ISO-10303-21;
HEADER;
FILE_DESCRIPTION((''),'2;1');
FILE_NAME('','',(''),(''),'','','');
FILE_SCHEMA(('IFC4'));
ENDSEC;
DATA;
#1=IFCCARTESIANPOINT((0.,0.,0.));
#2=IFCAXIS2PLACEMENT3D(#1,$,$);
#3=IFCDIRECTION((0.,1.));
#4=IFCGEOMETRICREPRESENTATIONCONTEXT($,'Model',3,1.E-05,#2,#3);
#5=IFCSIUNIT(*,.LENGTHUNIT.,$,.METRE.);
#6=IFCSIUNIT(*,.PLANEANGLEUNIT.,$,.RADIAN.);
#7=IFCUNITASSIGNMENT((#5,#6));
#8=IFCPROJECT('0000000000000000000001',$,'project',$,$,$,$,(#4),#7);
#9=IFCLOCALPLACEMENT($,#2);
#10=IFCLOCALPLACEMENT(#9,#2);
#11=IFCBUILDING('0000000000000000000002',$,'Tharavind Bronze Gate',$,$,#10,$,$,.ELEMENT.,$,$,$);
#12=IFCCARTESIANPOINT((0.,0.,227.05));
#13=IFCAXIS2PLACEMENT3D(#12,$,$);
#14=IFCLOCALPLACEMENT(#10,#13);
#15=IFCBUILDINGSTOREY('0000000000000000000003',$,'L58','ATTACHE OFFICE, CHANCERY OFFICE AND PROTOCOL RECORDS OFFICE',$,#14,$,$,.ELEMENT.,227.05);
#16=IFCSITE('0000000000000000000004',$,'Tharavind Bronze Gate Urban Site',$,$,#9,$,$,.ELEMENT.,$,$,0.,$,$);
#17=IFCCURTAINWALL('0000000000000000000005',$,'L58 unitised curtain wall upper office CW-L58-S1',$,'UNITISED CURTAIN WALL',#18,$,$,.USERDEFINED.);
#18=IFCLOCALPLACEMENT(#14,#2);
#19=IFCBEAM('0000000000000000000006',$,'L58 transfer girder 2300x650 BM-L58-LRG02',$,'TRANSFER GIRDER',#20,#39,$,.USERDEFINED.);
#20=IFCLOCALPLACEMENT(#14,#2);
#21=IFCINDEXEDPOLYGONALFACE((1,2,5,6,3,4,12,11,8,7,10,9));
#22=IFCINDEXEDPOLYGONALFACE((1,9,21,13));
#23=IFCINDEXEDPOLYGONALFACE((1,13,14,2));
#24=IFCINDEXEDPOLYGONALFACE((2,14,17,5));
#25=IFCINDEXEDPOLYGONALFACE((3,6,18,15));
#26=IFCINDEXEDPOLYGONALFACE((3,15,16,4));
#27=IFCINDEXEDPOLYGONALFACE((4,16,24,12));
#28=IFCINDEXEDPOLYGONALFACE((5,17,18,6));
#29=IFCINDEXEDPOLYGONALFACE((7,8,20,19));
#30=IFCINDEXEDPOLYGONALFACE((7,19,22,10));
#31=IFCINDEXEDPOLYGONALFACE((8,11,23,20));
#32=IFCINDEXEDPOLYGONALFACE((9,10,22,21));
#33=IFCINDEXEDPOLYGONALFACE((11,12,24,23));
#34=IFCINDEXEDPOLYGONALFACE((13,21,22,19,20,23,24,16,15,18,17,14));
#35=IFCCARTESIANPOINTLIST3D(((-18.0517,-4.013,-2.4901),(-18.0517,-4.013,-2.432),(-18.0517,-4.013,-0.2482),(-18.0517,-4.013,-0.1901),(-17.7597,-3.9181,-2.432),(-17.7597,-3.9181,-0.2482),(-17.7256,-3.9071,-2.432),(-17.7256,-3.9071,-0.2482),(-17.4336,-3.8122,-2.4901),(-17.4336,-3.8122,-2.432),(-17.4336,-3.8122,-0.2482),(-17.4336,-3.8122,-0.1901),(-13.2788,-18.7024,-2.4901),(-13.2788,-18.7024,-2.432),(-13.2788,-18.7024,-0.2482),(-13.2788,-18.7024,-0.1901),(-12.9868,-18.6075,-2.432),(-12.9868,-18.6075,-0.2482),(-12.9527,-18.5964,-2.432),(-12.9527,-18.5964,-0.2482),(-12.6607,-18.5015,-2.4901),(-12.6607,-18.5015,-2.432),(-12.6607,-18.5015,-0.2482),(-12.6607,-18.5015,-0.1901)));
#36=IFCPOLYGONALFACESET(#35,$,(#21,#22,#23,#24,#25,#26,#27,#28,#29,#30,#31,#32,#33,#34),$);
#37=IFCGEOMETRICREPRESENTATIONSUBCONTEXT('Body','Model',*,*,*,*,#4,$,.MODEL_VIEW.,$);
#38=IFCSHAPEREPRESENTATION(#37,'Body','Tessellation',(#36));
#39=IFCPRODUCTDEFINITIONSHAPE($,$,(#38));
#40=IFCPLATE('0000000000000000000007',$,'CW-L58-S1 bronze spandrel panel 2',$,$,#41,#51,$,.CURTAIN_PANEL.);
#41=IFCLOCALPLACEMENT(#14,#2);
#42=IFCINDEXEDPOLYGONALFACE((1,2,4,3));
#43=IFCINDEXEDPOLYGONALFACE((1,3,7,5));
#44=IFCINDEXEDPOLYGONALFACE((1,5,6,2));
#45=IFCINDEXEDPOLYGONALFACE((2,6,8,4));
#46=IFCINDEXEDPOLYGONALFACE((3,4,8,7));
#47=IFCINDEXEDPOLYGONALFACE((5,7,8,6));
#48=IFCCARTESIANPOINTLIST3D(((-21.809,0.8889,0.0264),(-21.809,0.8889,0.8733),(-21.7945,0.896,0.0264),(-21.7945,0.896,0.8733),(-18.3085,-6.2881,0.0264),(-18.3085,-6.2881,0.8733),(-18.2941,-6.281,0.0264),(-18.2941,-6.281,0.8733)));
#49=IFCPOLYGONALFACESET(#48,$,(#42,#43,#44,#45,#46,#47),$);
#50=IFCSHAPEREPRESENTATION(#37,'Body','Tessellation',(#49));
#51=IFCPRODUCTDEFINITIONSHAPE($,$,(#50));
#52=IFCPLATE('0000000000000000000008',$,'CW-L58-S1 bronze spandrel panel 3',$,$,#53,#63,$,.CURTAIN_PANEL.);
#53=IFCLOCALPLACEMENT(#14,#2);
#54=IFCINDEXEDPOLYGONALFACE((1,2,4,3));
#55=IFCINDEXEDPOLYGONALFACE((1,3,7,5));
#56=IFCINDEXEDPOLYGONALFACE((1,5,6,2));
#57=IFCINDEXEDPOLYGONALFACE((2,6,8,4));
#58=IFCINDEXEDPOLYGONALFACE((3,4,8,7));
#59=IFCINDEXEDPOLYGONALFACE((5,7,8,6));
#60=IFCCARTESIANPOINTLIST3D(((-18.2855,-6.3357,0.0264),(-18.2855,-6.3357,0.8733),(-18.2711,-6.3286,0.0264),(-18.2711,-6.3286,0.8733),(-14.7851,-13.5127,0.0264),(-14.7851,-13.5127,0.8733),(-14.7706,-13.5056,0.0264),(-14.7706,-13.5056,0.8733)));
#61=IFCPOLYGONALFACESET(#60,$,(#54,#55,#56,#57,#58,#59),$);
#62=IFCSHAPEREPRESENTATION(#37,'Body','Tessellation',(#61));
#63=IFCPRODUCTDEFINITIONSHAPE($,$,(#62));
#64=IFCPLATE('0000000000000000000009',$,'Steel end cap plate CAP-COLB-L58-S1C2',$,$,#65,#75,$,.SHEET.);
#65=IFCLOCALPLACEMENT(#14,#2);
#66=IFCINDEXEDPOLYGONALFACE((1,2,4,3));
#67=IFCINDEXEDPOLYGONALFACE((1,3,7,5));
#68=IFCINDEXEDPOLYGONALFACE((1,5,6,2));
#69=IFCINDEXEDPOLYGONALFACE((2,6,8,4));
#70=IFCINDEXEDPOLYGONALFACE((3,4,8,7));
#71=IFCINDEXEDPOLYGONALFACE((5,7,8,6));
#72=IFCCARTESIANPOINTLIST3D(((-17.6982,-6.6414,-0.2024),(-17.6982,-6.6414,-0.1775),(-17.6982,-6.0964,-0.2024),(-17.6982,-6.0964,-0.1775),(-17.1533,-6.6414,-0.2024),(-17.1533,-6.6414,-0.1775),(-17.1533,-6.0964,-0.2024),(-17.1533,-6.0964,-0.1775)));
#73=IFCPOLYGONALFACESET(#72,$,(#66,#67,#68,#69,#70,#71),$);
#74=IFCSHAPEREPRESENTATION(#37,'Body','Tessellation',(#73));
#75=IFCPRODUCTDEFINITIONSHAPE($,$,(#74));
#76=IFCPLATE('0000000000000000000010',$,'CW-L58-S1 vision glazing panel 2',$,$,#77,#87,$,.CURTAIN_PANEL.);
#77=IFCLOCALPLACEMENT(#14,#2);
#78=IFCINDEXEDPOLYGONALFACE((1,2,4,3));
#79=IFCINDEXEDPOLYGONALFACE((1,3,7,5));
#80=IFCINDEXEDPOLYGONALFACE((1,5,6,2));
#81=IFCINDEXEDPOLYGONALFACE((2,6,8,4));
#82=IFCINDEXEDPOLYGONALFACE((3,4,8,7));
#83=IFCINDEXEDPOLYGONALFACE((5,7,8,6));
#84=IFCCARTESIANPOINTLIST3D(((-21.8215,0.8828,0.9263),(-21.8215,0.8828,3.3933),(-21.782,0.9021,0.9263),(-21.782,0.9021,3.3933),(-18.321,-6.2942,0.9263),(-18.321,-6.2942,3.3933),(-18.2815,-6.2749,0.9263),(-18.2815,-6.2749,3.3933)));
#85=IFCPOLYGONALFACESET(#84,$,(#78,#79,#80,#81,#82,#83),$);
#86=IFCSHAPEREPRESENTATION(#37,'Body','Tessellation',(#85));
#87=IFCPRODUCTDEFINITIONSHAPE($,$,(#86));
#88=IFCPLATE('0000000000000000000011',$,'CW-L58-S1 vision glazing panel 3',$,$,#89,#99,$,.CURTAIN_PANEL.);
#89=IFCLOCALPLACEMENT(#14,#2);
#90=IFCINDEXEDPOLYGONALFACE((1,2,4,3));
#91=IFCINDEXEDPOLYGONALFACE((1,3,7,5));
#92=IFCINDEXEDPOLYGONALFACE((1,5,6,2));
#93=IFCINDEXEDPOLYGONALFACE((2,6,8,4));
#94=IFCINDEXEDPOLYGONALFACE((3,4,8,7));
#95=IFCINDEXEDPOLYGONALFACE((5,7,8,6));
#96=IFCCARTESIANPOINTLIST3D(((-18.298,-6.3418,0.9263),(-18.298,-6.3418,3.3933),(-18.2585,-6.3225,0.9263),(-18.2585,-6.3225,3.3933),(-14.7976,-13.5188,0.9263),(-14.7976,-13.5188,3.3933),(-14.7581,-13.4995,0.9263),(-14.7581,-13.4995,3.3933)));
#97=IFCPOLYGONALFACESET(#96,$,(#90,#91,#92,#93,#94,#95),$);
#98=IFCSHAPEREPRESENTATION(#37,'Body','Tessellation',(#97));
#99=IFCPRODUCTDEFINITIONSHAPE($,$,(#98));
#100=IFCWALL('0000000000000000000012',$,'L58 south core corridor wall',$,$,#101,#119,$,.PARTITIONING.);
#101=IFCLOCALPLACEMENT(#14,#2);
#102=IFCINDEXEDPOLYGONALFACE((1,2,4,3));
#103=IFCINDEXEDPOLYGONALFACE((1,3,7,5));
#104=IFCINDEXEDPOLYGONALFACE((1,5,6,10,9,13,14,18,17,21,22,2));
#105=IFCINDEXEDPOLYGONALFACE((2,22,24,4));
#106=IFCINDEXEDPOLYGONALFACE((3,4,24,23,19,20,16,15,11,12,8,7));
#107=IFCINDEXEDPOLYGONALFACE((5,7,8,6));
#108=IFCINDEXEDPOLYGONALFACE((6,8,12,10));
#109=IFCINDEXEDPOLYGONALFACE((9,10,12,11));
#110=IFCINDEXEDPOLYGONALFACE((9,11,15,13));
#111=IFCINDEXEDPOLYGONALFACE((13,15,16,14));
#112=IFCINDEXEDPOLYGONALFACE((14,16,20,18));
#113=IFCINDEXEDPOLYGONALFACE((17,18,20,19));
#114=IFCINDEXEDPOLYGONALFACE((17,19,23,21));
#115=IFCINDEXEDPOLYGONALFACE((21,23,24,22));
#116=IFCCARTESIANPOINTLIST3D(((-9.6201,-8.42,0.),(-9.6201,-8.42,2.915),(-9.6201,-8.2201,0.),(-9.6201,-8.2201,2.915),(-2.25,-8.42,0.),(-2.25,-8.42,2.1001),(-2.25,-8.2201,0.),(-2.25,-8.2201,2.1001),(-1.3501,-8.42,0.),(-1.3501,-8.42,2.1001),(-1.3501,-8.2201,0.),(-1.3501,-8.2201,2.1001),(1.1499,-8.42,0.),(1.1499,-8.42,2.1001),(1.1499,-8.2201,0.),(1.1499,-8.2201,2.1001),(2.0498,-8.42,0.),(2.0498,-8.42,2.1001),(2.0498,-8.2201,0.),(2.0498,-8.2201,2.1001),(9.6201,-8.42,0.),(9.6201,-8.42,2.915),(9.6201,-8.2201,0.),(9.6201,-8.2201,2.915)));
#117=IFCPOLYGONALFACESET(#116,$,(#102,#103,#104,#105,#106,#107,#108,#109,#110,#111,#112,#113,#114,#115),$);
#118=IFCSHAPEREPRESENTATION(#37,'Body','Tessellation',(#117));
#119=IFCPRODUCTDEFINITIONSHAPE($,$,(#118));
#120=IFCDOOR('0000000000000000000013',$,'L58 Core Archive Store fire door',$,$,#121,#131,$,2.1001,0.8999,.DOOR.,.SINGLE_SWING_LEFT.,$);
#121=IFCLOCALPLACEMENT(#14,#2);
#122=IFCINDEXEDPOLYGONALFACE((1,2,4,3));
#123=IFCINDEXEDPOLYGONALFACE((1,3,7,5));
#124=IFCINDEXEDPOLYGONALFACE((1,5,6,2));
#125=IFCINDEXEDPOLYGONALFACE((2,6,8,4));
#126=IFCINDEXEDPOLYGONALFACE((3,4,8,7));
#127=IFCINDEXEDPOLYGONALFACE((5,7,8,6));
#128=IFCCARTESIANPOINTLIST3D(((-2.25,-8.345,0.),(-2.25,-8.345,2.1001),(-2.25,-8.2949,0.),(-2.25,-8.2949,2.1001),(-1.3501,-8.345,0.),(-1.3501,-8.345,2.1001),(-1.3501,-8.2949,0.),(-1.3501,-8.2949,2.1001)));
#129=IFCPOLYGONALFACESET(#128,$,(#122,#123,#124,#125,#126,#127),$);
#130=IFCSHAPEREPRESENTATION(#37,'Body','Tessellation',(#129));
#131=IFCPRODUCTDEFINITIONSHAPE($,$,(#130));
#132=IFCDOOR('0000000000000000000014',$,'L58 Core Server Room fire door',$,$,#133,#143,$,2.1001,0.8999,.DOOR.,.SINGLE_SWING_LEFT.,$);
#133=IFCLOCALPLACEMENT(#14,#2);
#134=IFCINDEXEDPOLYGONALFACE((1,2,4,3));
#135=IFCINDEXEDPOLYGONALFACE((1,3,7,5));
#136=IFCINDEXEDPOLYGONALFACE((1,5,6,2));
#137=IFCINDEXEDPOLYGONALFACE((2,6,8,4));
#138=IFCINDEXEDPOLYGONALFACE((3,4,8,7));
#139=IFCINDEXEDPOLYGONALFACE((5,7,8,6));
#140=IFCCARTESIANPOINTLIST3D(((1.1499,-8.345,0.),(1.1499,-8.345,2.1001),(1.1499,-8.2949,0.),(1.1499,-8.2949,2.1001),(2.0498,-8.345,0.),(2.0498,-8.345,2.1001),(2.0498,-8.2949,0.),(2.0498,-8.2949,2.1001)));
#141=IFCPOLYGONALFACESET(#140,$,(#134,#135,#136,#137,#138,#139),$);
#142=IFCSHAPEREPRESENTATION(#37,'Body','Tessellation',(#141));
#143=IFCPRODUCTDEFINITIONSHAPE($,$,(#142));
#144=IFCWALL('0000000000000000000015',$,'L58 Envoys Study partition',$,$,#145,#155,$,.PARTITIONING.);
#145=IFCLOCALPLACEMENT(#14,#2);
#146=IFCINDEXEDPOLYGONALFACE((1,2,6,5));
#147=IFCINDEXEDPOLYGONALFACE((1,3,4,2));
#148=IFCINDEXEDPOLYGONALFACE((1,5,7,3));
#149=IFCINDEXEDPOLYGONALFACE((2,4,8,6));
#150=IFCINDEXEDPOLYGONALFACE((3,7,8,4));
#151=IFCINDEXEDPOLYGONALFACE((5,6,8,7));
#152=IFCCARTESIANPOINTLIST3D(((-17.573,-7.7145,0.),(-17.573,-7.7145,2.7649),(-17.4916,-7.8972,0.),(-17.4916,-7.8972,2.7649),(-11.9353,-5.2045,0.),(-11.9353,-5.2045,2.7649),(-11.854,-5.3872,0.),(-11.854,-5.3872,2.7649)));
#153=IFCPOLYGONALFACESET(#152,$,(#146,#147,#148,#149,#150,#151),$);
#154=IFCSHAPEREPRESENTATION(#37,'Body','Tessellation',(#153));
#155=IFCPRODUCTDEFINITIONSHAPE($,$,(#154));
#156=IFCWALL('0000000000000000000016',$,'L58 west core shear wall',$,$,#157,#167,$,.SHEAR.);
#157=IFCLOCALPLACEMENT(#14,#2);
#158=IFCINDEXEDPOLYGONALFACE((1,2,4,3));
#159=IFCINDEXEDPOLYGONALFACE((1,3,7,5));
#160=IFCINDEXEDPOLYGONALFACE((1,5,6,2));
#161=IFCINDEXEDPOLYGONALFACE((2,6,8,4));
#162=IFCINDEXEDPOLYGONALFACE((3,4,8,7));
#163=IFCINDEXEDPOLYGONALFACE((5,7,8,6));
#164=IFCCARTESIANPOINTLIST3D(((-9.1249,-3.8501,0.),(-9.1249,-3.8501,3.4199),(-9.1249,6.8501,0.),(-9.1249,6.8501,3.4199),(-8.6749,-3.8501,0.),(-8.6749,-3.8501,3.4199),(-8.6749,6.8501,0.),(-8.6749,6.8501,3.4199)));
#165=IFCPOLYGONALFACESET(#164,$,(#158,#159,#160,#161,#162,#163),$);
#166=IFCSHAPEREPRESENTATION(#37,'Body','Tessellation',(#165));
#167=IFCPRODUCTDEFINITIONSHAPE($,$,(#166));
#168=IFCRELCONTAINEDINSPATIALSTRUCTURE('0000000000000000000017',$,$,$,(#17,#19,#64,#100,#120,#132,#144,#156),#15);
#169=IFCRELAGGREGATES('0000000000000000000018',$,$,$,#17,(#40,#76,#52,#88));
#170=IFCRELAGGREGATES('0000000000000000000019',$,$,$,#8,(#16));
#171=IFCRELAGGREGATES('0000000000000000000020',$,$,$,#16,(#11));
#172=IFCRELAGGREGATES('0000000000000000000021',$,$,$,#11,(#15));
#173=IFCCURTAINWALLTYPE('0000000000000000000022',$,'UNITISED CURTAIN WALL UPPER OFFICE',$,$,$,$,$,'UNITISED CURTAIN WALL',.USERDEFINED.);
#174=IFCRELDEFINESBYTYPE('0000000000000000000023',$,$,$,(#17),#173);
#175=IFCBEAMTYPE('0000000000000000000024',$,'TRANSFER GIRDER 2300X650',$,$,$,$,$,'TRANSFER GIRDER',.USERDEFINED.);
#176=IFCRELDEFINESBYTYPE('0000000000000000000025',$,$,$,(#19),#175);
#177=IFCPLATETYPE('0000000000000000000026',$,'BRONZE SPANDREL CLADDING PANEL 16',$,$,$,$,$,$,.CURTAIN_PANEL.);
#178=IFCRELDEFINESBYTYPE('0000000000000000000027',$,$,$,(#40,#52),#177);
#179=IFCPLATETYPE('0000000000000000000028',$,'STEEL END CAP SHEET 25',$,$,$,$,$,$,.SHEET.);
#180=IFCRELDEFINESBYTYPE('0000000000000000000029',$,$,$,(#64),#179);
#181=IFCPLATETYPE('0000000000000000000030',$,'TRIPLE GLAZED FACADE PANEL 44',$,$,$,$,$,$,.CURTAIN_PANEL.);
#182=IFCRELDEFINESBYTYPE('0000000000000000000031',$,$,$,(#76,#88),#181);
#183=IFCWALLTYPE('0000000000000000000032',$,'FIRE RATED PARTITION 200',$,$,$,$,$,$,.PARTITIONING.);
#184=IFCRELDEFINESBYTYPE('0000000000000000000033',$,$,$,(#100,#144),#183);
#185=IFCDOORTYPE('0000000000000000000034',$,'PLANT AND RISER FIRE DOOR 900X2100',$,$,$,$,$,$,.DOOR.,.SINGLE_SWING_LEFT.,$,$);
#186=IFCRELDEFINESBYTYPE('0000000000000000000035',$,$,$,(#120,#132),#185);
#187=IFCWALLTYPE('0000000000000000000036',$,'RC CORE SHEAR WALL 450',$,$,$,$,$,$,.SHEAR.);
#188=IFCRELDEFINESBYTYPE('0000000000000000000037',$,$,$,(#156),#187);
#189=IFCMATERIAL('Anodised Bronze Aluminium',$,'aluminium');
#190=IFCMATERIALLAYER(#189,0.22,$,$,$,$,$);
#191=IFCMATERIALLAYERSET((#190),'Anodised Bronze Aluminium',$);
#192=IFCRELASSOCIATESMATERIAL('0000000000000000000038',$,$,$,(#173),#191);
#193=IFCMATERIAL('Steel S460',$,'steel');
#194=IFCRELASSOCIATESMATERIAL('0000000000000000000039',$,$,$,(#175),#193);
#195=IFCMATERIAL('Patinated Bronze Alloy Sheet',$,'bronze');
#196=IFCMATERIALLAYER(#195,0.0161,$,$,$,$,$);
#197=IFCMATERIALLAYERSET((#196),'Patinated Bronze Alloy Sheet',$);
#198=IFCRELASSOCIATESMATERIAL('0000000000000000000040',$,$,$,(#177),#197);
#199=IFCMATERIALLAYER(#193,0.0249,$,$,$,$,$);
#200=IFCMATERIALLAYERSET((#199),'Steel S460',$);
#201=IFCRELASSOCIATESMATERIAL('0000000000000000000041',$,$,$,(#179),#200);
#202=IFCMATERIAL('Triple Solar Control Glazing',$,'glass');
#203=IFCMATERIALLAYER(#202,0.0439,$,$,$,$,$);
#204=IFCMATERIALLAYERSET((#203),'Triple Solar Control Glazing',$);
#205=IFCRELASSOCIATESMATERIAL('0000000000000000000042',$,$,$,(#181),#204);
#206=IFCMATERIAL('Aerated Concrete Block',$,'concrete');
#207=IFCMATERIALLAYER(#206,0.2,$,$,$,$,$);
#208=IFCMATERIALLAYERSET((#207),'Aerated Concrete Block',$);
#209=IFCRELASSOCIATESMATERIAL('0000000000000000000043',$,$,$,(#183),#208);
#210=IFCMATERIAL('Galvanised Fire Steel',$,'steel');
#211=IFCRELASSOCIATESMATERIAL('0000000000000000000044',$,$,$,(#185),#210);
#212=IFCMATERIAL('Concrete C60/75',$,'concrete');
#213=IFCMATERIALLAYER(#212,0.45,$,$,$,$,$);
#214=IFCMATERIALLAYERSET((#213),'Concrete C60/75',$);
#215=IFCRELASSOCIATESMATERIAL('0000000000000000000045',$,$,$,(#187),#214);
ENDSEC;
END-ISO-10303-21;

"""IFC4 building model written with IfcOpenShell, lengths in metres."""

from ifc_helpers import new_model, si_unit, direction, frame, frame_2d, origin, origin_2d, place, context, subcontext, project, spatial, rectangle, i_section, extrude, material, layer, layer_set, material_profile, profile_set, type_object, element, fill, aggregate, save


model = new_model("IFC4")

# Units and contexts
model_context = context("Model", 3, precision=1e-05, world=origin(), true_north=direction((0.0, 1.0)))
body_context = subcontext(model_context, "Body", "Model", "MODEL_VIEW")
ifc_project = project(units=[si_unit("LENGTHUNIT", "METRE"), si_unit("PLANEANGLEUNIT", "RADIAN")], contexts=[model_context])

# Site, building, storey
site_placement = place(None, origin())
site = spatial("IfcSite", under=ifc_project, at=site_placement, Name="Tharavind Bronze Gate Urban Site", CompositionType="ELEMENT", RefElevation=0.0)
building_placement = place(site_placement, origin())
building = spatial("IfcBuilding", under=site, at=building_placement, Name="Tharavind Bronze Gate", CompositionType="ELEMENT")
storey_placement = place(building_placement, frame((0.0, 0.0, 227.05)))
storey = spatial("IfcBuildingStorey", under=building, at=storey_placement, Name="L58", Description="ATTACHE OFFICE, CHANCERY OFFICE AND PROTOCOL RECORDS OFFICE", CompositionType="ELEMENT", Elevation=227.05)

# Shared definitions
ifc_material_1 = material(Name="Steel S460", Category="steel")

# Curtain wall
ifc_material_2 = material(Name="Anodised Bronze Aluminium", Category="aluminium")
ifc_layer_1 = layer(ifc_material_2, 0.22)
ifc_layer_set_1 = layer_set([ifc_layer_1], Name="Anodised Bronze Aluminium")
curtain_wall_type = type_object("IfcCurtainWallType", Name="UNITISED CURTAIN WALL UPPER OFFICE", ElementType="UNITISED CURTAIN WALL", PredefinedType="USERDEFINED", material=ifc_layer_set_1)
curtain_wall_placement = place(storey_placement, origin())
curtain_wall = element("IfcCurtainWall", 1, at=curtain_wall_placement, inside=storey, type_object=curtain_wall_type, Name="L58 unitised curtain wall upper office CW-L58-S1", ObjectType="UNITISED CURTAIN WALL", PredefinedType="USERDEFINED")

# Beam
ifc_material_profile_1 = material_profile(ifc_material_1, i_section(OverallWidth=0.6499, OverallDepth=2.3, WebThickness=0.0359, FlangeThickness=0.0581, at=origin_2d()), Name="PG2300X650")
ifc_profile_set_1 = profile_set([ifc_material_profile_1], Name="Steel S460")
beam_type_1 = type_object("IfcBeamType", Name="TRANSFER GIRDER 2300X650", ElementType="TRANSFER GIRDER", PredefinedType="USERDEFINED", material=ifc_profile_set_1)
beam_1_placement = place(storey_placement, frame((-17.7427, -3.9126, -1.3401), z_axis=(0.30902, -0.951055, 0.0), x_axis=(0.951055, 0.30902, 0.0)))
element("IfcBeam", 2, at=beam_1_placement, inside=storey, type_object=beam_type_1, Name="L58 transfer girder 2300x650 BM-L58-LRG02", ObjectType="TRANSFER GIRDER", PredefinedType="USERDEFINED", context=body_context, shape_type="SweptSolid", body=[
    extrude(i_section(OverallWidth=0.6499, OverallDepth=2.3, WebThickness=0.0359, FlangeThickness=0.0581, at=origin_2d()), origin(), (0.0, 0.0, 1.0), 15.4453),
])

# Plates
ifc_material_3 = material(Name="Patinated Bronze Alloy Sheet", Category="bronze")
ifc_layer_2 = layer(ifc_material_3, 0.0161)
ifc_layer_set_2 = layer_set([ifc_layer_2], Name="Patinated Bronze Alloy Sheet")
plate_type_1 = type_object("IfcPlateType", Name="BRONZE SPANDREL CLADDING PANEL 16", PredefinedType="CURTAIN_PANEL", material=ifc_layer_set_2)
plate_1_placement = place(storey_placement, frame((-20.0515, -2.696, 0.0264), z_axis=(0.0, 0.0, 1.0), x_axis=(0.438371, -0.898794, 0.0)))
plate_1 = element("IfcPlate", 3, at=plate_1_placement, type_object=plate_type_1, Name="CW-L58-S1 bronze spandrel panel 2", PredefinedType="CURTAIN_PANEL", context=body_context, shape_type="SweptSolid", body=[
    extrude(rectangle(XDim=7.9851, YDim=0.0161, at=origin_2d()), origin(), (0.0, 0.0, 1.0), 0.8469),
])
plate_2_placement = place(storey_placement, frame((-16.5281, -9.9207, 0.0264), z_axis=(0.0, 0.0, 1.0), x_axis=(0.438371, -0.898794, 0.0)))
plate_2 = element("IfcPlate", 4, at=plate_2_placement, type_object=plate_type_1, Name="CW-L58-S1 bronze spandrel panel 3", PredefinedType="CURTAIN_PANEL", context=body_context, shape_type="SweptSolid", body=[
    extrude(rectangle(XDim=7.9851, YDim=0.0161, at=origin_2d()), origin(), (0.0, 0.0, 1.0), 0.8469),
])
ifc_layer_3 = layer(ifc_material_1, 0.0249)
ifc_layer_set_3 = layer_set([ifc_layer_3], Name="Steel S460")
plate_type_2 = type_object("IfcPlateType", Name="STEEL END CAP SHEET 25", PredefinedType="SHEET", material=ifc_layer_set_3)
plate_3_placement = place(storey_placement, frame((-17.4258, -6.3689, -0.2024), z_axis=(0.0, 0.0, 1.0), x_axis=(1.0, 0.0, 0.0)))
element("IfcPlate", 5, at=plate_3_placement, inside=storey, type_object=plate_type_2, Name="Steel end cap plate CAP-COLB-L58-S1C2", PredefinedType="SHEET", context=body_context, shape_type="SweptSolid", body=[
    extrude(rectangle(XDim=0.5449, YDim=0.5449, at=origin_2d()), origin(), (0.0, 0.0, 1.0), 0.0249),
])
ifc_material_4 = material(Name="Triple Solar Control Glazing", Category="glass")
ifc_layer_4 = layer(ifc_material_4, 0.0439)
ifc_layer_set_4 = layer_set([ifc_layer_4], Name="Triple Solar Control Glazing")
plate_type_3 = type_object("IfcPlateType", Name="TRIPLE GLAZED FACADE PANEL 44", PredefinedType="CURTAIN_PANEL", material=ifc_layer_set_4)
plate_4_placement = place(storey_placement, frame((-20.0515, -2.696, 0.9263), z_axis=(0.0, 0.0, 1.0), x_axis=(0.438371, -0.898794, 0.0)))
plate_4 = element("IfcPlate", 6, at=plate_4_placement, type_object=plate_type_3, Name="CW-L58-S1 vision glazing panel 2", PredefinedType="CURTAIN_PANEL", context=body_context, shape_type="SweptSolid", body=[
    extrude(rectangle(XDim=7.9851, YDim=0.0439, at=origin_2d()), origin(), (0.0, 0.0, 1.0), 2.467),
])
plate_5_placement = place(storey_placement, frame((-16.5281, -9.9207, 0.9263), z_axis=(0.0, 0.0, 1.0), x_axis=(0.438371, -0.898794, 0.0)))
plate_5 = element("IfcPlate", 7, at=plate_5_placement, type_object=plate_type_3, Name="CW-L58-S1 vision glazing panel 3", PredefinedType="CURTAIN_PANEL", context=body_context, shape_type="SweptSolid", body=[
    extrude(rectangle(XDim=7.9851, YDim=0.0439, at=origin_2d()), origin(), (0.0, 0.0, 1.0), 2.467),
])
aggregate(curtain_wall, [plate_1, plate_4, plate_2, plate_5])

# Wall, openings, doors
ifc_material_5 = material(Name="Aerated Concrete Block", Category="concrete")
ifc_layer_5 = layer(ifc_material_5, 0.2)
ifc_layer_set_5 = layer_set([ifc_layer_5], Name="Aerated Concrete Block")
wall_type_1 = type_object("IfcWallType", Name="FIRE RATED PARTITION 200", PredefinedType="PARTITIONING", material=ifc_layer_set_5)
wall_1_placement = place(storey_placement, frame((-9.6201, -8.3201, 0.0), z_axis=(0.0, 0.0, 1.0), x_axis=(1.0, 0.0, 0.0)))
wall_1 = element("IfcWall", 8, at=wall_1_placement, inside=storey, type_object=wall_type_1, Name="L58 south core corridor wall", PredefinedType="PARTITIONING", context=body_context, shape_type="SweptSolid", body=[
    extrude(rectangle(XDim=19.2402, YDim=0.2, at=frame_2d((9.6201, 0.0))), origin(), (0.0, 0.0, 1.0), 2.915),
])
opening_1_placement = place(wall_1_placement, frame((7.3701, 0.0, 0.0)))
opening_1 = element("IfcOpeningElement", 9, at=opening_1_placement, cuts=wall_1, PredefinedType="OPENING", context=body_context, shape_type="SweptSolid", body=[
    extrude(rectangle(XDim=0.8999, YDim=2.1001, at=frame_2d((0.45, 1.05))), frame((0.0, 0.1101, 0.0), z_axis=(0.0, -1.0, 0.0), x_axis=(1.0, 0.0, 0.0)), (0.0, 0.0, 1.0), 0.22),
])
opening_2_placement = place(wall_1_placement, frame((10.77, 0.0, 0.0)))
opening_2 = element("IfcOpeningElement", 10, at=opening_2_placement, cuts=wall_1, PredefinedType="OPENING", context=body_context, shape_type="SweptSolid", body=[
    extrude(rectangle(XDim=0.8999, YDim=2.1001, at=frame_2d((0.45, 1.05))), frame((0.0, 0.1101, 0.0), z_axis=(0.0, -1.0, 0.0), x_axis=(1.0, 0.0, 0.0)), (0.0, 0.0, 1.0), 0.22),
])
ifc_material_6 = material(Name="Galvanised Fire Steel", Category="steel")
door_type_1 = type_object("IfcDoorType", Name="PLANT AND RISER FIRE DOOR 900X2100", OperationType="SINGLE_SWING_LEFT", PredefinedType="DOOR", material=ifc_material_6)
door_1_placement = place(opening_1_placement, frame((0.8999, 0.0, 0.0), z_axis=(0.0, 0.0, 1.0), x_axis=(-1.0, 0.0, 0.0)))
door_1 = element("IfcDoor", 11, at=door_1_placement, inside=storey, type_object=door_type_1, Name="L58 Core Archive Store fire door", OperationType="SINGLE_SWING_LEFT", OverallHeight=2.1001, OverallWidth=0.8999, PredefinedType="DOOR", context=body_context, shape_type="SweptSolid", body=[
    extrude(rectangle(XDim=0.8999, YDim=2.1001, at=frame_2d((0.45, 1.05))), frame((0.0, 0.0249, 0.0), z_axis=(0.0, -1.0, 0.0), x_axis=(1.0, 0.0, 0.0)), (0.0, 0.0, 1.0), 0.05),
])
fill(opening_1, door_1)
door_2_placement = place(opening_2_placement, frame((0.8999, 0.0, 0.0), z_axis=(0.0, 0.0, 1.0), x_axis=(-1.0, 0.0, 0.0)))
door_2 = element("IfcDoor", 12, at=door_2_placement, inside=storey, type_object=door_type_1, Name="L58 Core Server Room fire door", OperationType="SINGLE_SWING_LEFT", OverallHeight=2.1001, OverallWidth=0.8999, PredefinedType="DOOR", context=body_context, shape_type="SweptSolid", body=[
    extrude(rectangle(XDim=0.8999, YDim=2.1001, at=frame_2d((0.45, 1.05))), frame((0.0, 0.0249, 0.0), z_axis=(0.0, -1.0, 0.0), x_axis=(1.0, 0.0, 0.0)), (0.0, 0.0, 1.0), 0.05),
])
fill(opening_2, door_2)

# Wall
wall_2_placement = place(storey_placement, frame((-11.8948, -5.2959, 0.0), z_axis=(0.0, 0.0, 1.0), x_axis=(-0.913549, -0.406729, 0.0)))
element("IfcWall", 13, at=wall_2_placement, inside=storey, type_object=wall_type_1, Name="L58 Envoys Study partition", PredefinedType="PARTITIONING", context=body_context, shape_type="SweptSolid", body=[
    extrude(rectangle(XDim=6.1711, YDim=0.2, at=frame_2d((3.0854, 0.0))), origin(), (0.0, 0.0, 1.0), 2.7649),
])

# Wall
ifc_material_7 = material(Name="Concrete C60/75", Category="concrete")
ifc_layer_6 = layer(ifc_material_7, 0.45)
ifc_layer_set_6 = layer_set([ifc_layer_6], Name="Concrete C60/75")
wall_type_2 = type_object("IfcWallType", Name="RC CORE SHEAR WALL 450", PredefinedType="SHEAR", material=ifc_layer_set_6)
wall_3_placement = place(storey_placement, frame((-8.8999, -3.8501, 0.0), z_axis=(0.0, 0.0, 1.0), x_axis=(0.0, 1.0, 0.0)))
element("IfcWall", 14, at=wall_3_placement, inside=storey, type_object=wall_type_2, Name="L58 west core shear wall", PredefinedType="SHEAR", context=body_context, shape_type="SweptSolid", body=[
    extrude(rectangle(XDim=10.7002, YDim=0.45, at=frame_2d((5.3501, 0.0))), origin(), (0.0, 0.0, 1.0), 3.4199),
])

save(model, "model.ifc")
